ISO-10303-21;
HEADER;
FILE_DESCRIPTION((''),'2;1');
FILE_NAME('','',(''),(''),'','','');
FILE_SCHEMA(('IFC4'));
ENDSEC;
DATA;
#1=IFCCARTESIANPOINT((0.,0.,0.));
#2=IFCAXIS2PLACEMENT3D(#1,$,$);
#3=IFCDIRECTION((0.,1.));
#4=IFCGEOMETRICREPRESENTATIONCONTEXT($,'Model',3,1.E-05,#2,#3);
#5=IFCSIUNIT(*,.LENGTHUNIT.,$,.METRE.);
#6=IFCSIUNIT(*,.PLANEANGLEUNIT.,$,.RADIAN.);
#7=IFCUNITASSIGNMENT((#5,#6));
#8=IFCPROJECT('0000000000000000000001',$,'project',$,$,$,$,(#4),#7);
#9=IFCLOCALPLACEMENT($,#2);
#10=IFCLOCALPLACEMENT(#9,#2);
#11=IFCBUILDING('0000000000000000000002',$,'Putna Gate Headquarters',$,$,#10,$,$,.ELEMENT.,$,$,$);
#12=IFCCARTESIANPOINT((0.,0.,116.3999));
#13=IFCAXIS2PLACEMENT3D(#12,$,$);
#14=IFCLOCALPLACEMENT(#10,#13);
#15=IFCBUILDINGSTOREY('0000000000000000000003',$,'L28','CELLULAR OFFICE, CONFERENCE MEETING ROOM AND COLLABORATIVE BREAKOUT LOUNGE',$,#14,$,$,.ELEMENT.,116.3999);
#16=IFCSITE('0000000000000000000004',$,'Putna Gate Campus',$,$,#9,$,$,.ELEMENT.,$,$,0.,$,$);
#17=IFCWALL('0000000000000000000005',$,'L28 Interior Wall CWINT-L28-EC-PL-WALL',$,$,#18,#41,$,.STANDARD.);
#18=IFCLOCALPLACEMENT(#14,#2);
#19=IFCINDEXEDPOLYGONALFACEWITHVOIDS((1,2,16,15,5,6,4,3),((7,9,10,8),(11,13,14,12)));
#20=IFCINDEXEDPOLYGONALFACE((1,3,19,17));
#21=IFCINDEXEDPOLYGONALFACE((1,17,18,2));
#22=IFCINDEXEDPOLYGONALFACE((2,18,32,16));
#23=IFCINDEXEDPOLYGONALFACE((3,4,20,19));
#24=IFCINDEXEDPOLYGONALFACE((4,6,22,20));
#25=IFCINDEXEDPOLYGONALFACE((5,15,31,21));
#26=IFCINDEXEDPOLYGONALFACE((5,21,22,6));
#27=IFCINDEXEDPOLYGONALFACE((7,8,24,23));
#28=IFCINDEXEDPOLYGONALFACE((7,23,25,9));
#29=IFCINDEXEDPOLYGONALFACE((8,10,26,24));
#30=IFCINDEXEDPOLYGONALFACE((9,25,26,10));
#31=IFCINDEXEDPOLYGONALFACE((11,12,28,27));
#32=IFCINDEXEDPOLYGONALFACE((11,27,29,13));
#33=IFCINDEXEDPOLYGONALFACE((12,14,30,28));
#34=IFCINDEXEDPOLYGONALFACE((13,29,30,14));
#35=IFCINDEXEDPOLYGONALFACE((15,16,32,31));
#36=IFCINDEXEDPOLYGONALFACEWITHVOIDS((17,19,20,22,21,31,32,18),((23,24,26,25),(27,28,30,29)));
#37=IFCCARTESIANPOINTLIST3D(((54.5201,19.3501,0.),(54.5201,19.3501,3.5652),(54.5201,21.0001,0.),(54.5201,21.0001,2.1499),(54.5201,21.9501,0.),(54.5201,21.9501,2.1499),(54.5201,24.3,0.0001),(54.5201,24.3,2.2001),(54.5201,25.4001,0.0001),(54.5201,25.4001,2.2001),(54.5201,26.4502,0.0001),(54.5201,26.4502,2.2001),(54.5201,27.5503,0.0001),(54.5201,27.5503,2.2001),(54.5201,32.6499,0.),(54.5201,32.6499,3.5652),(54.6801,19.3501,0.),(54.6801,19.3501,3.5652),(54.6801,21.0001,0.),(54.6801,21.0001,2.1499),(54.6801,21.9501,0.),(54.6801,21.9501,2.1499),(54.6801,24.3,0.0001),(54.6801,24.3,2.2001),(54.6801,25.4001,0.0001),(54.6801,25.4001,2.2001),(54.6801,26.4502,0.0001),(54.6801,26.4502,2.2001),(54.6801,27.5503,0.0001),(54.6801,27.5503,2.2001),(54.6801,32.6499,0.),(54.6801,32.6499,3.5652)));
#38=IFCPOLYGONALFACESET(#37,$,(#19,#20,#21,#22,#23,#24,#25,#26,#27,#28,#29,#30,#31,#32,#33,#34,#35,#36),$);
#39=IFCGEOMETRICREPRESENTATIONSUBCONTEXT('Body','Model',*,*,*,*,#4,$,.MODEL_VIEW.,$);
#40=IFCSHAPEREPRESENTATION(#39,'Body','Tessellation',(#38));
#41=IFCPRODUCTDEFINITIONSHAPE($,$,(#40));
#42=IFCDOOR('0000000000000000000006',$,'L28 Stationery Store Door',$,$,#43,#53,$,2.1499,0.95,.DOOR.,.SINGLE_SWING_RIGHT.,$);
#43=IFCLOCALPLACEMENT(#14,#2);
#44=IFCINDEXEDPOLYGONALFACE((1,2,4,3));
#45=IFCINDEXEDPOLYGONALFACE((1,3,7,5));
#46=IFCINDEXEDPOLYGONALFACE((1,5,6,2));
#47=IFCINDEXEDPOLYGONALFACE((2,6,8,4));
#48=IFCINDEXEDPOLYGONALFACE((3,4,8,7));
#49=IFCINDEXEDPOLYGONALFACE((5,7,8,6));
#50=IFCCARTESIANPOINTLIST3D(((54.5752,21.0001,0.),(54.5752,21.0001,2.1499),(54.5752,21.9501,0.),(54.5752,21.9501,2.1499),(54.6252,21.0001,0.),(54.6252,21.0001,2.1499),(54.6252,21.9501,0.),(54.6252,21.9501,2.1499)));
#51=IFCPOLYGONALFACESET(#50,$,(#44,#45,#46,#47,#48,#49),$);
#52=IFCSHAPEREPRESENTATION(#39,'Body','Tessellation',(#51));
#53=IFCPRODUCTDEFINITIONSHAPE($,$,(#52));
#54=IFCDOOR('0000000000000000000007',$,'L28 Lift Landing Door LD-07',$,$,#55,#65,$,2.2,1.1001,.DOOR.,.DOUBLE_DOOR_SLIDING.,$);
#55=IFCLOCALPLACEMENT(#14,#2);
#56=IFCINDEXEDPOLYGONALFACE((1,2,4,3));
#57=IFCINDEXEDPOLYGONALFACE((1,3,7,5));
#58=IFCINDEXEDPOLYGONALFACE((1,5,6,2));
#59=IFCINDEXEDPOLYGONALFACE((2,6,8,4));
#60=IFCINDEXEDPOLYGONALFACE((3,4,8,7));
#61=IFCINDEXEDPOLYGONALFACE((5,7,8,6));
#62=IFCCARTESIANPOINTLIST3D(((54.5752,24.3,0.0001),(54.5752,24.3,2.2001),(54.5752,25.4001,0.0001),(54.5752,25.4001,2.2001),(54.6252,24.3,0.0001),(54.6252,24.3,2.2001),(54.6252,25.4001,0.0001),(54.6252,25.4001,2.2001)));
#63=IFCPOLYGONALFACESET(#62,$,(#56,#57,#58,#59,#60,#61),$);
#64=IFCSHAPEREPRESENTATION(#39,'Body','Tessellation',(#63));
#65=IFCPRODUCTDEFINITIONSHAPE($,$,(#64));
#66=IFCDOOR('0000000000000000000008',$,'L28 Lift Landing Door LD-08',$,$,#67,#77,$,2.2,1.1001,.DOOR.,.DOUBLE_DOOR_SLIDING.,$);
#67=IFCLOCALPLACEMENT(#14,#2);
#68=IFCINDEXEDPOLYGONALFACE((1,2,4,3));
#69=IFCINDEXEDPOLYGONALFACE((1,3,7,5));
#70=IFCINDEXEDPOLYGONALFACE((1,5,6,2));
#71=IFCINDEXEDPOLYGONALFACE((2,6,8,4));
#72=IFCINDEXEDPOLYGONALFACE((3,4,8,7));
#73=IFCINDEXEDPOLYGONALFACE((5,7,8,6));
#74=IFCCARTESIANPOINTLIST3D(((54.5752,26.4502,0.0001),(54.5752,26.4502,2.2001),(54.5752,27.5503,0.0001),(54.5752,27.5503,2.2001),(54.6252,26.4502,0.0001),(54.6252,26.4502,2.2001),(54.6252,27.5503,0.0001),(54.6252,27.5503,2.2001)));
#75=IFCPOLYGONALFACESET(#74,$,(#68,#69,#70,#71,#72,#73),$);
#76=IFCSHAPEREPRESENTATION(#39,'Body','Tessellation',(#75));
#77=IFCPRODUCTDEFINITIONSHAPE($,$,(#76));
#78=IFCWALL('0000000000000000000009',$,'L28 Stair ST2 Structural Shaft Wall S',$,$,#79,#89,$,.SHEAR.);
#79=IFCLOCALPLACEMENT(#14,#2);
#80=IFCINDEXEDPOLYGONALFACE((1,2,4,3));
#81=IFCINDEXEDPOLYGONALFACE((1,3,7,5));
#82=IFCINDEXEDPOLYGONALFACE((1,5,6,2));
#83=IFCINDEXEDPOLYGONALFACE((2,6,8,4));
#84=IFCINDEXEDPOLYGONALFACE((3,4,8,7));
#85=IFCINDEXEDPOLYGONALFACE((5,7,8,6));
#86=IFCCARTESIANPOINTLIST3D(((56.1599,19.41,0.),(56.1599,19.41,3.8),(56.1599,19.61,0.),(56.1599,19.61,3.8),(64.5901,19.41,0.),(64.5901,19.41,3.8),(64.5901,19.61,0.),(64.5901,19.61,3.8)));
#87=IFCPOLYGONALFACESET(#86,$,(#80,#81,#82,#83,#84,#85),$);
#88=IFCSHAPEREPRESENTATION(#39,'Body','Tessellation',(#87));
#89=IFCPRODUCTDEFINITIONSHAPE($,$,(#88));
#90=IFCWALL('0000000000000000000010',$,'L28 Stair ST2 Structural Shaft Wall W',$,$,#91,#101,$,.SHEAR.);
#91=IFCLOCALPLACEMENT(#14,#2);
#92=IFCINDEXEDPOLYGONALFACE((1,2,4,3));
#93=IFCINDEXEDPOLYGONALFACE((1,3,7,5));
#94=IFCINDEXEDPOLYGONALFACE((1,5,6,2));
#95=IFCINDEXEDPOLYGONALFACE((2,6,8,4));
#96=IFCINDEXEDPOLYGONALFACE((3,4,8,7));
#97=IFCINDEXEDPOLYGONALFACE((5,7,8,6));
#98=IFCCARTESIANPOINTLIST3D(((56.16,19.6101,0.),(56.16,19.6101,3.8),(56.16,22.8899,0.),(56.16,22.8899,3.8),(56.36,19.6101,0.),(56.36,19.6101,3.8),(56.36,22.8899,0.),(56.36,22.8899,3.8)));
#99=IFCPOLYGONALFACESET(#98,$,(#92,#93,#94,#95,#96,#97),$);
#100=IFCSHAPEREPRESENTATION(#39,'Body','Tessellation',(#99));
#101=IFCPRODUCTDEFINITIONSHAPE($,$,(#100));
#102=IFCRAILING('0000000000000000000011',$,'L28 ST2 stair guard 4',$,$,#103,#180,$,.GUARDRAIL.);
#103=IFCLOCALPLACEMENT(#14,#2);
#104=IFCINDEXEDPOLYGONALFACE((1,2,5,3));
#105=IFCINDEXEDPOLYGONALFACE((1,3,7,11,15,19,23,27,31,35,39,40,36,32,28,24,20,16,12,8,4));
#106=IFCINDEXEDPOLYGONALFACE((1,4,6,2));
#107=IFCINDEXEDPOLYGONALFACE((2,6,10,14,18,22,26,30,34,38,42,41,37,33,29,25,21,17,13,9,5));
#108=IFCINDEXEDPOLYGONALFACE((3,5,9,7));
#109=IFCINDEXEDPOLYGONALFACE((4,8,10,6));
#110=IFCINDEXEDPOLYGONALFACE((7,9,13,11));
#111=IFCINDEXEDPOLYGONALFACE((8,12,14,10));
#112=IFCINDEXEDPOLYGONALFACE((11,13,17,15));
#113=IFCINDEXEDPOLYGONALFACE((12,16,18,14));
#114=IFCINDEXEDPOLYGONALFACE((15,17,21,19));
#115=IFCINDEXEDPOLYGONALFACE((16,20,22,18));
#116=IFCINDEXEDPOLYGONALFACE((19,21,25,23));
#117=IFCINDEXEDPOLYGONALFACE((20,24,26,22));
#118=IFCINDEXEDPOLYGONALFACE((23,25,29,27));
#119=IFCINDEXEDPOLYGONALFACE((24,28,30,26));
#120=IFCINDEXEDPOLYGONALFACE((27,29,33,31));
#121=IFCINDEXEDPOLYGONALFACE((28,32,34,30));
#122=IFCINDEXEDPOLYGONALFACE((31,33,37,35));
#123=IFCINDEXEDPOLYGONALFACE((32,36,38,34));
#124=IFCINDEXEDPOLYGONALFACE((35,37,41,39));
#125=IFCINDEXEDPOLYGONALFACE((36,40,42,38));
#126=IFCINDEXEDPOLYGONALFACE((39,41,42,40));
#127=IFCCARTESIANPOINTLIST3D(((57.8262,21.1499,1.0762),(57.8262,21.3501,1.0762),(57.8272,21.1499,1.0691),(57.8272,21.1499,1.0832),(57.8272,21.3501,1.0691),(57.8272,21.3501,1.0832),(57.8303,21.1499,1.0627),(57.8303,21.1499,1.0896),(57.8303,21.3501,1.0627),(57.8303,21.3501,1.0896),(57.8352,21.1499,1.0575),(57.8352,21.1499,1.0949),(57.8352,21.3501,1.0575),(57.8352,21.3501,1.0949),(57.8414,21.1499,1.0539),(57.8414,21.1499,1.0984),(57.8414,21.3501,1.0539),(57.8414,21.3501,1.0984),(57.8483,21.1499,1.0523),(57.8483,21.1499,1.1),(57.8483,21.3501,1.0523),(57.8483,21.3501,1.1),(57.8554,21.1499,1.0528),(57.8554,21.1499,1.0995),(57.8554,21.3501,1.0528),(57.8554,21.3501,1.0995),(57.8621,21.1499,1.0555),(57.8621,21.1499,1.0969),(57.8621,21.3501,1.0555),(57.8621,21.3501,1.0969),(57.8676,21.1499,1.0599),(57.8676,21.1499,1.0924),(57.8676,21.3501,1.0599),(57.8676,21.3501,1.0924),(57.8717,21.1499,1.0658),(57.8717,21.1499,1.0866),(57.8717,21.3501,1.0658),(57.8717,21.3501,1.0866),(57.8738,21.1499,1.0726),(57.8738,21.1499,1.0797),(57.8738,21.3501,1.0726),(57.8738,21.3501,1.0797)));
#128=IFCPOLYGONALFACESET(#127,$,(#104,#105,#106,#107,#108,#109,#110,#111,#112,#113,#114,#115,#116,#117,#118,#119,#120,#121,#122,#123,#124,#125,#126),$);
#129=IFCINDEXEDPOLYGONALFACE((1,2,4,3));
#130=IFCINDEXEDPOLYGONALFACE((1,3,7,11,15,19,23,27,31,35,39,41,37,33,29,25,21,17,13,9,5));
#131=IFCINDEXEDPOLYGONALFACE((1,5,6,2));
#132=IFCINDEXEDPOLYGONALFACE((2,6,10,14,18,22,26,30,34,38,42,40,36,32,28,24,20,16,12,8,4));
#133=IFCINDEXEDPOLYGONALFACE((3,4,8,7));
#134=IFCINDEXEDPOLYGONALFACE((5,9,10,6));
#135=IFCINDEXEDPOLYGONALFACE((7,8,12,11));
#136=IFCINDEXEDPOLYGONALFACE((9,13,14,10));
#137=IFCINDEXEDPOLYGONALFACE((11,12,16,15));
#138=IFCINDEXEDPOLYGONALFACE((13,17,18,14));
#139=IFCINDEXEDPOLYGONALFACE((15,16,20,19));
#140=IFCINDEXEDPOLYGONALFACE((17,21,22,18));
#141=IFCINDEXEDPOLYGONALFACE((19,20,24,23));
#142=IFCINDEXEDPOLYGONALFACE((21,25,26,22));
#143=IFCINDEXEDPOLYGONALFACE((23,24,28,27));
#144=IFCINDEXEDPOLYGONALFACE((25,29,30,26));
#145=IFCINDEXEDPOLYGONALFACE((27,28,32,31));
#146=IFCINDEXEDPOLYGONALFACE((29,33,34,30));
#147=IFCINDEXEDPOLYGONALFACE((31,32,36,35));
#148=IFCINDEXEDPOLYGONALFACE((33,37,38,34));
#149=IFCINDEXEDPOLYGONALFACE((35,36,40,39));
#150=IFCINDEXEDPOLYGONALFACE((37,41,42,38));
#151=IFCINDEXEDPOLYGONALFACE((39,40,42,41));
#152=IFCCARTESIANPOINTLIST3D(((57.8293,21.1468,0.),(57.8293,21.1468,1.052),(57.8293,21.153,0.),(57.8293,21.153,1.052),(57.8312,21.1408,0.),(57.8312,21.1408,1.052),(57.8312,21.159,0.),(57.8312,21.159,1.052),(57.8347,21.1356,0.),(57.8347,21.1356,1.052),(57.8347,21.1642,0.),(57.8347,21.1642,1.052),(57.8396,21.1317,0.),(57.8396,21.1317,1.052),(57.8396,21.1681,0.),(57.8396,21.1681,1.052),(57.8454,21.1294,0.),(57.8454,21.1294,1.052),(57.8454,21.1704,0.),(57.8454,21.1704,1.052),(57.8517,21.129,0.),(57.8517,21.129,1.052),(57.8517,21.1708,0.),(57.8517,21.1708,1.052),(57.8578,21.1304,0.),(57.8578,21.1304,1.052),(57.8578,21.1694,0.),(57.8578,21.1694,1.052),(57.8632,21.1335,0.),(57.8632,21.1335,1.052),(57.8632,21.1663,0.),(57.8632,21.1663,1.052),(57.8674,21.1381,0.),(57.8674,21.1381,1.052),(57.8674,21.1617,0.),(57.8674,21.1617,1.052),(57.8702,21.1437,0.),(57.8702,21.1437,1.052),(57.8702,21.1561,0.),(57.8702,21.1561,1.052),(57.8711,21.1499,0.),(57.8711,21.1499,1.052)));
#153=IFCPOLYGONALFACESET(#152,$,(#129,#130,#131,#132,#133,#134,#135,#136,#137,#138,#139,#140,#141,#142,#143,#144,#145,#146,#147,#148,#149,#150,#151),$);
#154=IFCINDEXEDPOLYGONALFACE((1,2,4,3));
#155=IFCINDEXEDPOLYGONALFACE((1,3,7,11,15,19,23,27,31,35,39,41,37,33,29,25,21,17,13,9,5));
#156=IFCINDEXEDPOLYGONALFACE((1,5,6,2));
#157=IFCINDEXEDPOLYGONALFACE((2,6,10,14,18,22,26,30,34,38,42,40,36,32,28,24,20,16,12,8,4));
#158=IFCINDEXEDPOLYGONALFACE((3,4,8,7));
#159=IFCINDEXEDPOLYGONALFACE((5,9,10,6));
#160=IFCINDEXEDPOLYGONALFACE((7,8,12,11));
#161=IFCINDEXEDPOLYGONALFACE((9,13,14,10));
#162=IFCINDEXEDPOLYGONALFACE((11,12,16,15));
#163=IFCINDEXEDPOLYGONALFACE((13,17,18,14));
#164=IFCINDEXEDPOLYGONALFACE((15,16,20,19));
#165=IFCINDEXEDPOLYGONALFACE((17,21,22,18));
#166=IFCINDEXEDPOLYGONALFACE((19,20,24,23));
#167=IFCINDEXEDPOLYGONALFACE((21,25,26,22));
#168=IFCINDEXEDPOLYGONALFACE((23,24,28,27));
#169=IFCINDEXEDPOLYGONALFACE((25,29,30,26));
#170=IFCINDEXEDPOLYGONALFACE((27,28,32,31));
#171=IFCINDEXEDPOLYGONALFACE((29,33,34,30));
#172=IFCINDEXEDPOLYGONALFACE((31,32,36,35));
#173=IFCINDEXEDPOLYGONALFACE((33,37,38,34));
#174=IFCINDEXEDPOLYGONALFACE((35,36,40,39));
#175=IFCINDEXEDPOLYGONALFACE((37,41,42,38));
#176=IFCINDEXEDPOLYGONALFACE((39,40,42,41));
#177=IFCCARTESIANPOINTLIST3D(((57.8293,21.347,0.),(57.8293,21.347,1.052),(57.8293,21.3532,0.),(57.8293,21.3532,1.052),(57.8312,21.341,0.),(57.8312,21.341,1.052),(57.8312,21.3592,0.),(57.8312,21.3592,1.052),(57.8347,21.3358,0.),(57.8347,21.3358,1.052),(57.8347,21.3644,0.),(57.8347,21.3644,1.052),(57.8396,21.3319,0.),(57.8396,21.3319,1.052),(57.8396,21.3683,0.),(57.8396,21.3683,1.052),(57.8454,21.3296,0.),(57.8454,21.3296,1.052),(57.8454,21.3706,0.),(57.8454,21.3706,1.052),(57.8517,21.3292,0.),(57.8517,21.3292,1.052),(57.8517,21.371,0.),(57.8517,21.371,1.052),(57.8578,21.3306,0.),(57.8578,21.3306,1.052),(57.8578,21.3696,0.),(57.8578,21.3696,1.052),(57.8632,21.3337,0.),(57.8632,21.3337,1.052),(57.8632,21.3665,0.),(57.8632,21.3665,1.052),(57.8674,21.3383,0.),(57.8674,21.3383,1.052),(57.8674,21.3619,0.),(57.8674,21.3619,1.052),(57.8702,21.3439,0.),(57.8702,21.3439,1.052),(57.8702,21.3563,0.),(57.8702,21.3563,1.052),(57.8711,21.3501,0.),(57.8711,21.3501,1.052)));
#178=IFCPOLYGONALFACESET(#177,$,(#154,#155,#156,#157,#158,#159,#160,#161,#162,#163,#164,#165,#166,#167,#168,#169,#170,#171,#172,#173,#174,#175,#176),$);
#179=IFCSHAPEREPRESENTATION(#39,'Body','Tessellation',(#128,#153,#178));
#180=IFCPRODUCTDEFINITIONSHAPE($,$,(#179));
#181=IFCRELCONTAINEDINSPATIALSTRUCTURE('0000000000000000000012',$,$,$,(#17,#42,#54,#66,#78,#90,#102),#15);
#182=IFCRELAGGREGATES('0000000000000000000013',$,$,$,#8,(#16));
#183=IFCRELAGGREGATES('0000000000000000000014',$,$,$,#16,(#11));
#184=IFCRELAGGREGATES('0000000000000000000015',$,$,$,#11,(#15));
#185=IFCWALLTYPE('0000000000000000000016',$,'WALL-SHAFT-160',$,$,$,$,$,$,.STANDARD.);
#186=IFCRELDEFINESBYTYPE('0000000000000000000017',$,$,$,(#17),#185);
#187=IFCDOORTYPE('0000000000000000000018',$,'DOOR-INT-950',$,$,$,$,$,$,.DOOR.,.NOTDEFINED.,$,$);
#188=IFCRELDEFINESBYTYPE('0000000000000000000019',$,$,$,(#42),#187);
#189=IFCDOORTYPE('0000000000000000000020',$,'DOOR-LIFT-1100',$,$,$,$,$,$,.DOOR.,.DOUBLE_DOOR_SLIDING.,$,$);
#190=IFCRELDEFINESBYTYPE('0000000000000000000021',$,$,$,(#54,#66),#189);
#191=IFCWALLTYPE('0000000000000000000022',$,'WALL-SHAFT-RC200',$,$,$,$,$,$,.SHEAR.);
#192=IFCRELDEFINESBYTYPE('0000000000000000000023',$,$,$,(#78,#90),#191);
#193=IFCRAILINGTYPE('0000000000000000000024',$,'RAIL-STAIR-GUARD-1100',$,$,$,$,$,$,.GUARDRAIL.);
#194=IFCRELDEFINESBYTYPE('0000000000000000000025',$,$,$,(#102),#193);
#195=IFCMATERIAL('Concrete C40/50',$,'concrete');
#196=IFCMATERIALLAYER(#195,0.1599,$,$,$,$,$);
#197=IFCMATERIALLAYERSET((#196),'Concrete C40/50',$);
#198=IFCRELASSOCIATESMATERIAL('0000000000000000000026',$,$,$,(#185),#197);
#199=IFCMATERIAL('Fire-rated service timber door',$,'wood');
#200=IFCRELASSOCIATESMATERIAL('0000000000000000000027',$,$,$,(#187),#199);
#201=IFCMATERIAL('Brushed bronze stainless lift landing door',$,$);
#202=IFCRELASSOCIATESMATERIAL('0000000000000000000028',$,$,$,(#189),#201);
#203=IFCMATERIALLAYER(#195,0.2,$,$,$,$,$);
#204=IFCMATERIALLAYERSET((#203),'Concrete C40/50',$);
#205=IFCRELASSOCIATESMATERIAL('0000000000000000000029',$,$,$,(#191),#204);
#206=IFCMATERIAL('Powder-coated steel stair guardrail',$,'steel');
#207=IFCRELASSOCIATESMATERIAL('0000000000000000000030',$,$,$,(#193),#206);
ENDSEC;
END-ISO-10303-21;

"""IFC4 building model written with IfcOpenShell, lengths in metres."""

from ifc_helpers import new_model, si_unit, direction, frame, frame_2d, origin, origin_2d, place, context, subcontext, project, spatial, rectangle, circle, extrude, material, layer, layer_set, type_object, element, fill, save


model = new_model("IFC4")

# Units and contexts
model_context = context("Model", 3, precision=1e-05, world=origin(), true_north=direction((0.0, 1.0)))
body_context = subcontext(model_context, "Body", "Model", "MODEL_VIEW")
ifc_project = project(units=[si_unit("LENGTHUNIT", "METRE"), si_unit("PLANEANGLEUNIT", "RADIAN")], contexts=[model_context])

# Site, building, storey
site_placement = place(None, origin())
site = spatial("IfcSite", under=ifc_project, at=site_placement, Name="Putna Gate Campus", CompositionType="ELEMENT", RefElevation=0.0)
building_placement = place(site_placement, origin())
building = spatial("IfcBuilding", under=site, at=building_placement, Name="Putna Gate Headquarters", CompositionType="ELEMENT")
storey_placement = place(building_placement, frame((0.0, 0.0, 116.3999)))
storey = spatial("IfcBuildingStorey", under=building, at=storey_placement, Name="L28", Description="CELLULAR OFFICE, CONFERENCE MEETING ROOM AND COLLABORATIVE BREAKOUT LOUNGE", CompositionType="ELEMENT", Elevation=116.3999)

# Wall, openings, doors
ifc_material_1 = material(Name="Concrete C40/50", Category="concrete")
ifc_layer_1 = layer(ifc_material_1, 0.1599)
ifc_layer_set_1 = layer_set([ifc_layer_1], Name="Concrete C40/50")
wall_type_1 = type_object("IfcWallType", Name="WALL-SHAFT-160", PredefinedType="STANDARD", material=ifc_layer_set_1)
wall_1_placement = place(storey_placement, frame((54.6001, 19.3501, 0.0), z_axis=(0.0, 0.0, 1.0), x_axis=(0.0, 1.0, 0.0)))
wall_1 = element("IfcWall", 1, at=wall_1_placement, inside=storey, type_object=wall_type_1, Name="L28 Interior Wall CWINT-L28-EC-PL-WALL", PredefinedType="STANDARD", context=body_context, shape_type="SweptSolid", body=[
    extrude(rectangle(XDim=13.2998, YDim=0.1599, at=frame_2d((6.6499, 0.0))), origin(), (0.0, 0.0, 1.0), 3.5652),
])
opening_1_placement = place(wall_1_placement, frame((1.6499, 0.0, 0.0)))
opening_1 = element("IfcOpeningElement", 2, at=opening_1_placement, cuts=wall_1, PredefinedType="OPENING", context=body_context, shape_type="SweptSolid", body=[
    extrude(rectangle(XDim=0.95, YDim=2.1499, at=frame_2d((0.4751, 1.075))), frame((0.0, 0.0898, 0.0), z_axis=(0.0, -1.0, 0.0), x_axis=(1.0, 0.0, 0.0)), (0.0, 0.0, 1.0), 0.1799),
])
opening_2_placement = place(wall_1_placement, frame((4.95, 0.0, 0.0)))
opening_2 = element("IfcOpeningElement", 3, at=opening_2_placement, cuts=wall_1, PredefinedType="OPENING", context=body_context, shape_type="SweptSolid", body=[
    extrude(rectangle(XDim=1.1001, YDim=2.2, at=frame_2d((0.55, 1.1001))), frame((0.0, 0.0898, 0.0), z_axis=(0.0, -1.0, 0.0), x_axis=(1.0, 0.0, 0.0)), (0.0, 0.0, 1.0), 0.1799),
])
opening_3_placement = place(wall_1_placement, frame((7.1001, 0.0, 0.0)))
opening_3 = element("IfcOpeningElement", 4, at=opening_3_placement, cuts=wall_1, PredefinedType="OPENING", context=body_context, shape_type="SweptSolid", body=[
    extrude(rectangle(XDim=1.1001, YDim=2.2, at=frame_2d((0.55, 1.1001))), frame((0.0, 0.0898, 0.0), z_axis=(0.0, -1.0, 0.0), x_axis=(1.0, 0.0, 0.0)), (0.0, 0.0, 1.0), 0.1799),
])
ifc_material_2 = material(Name="Fire-rated service timber door", Category="wood")
door_type_1 = type_object("IfcDoorType", Name="DOOR-INT-950", OperationType="NOTDEFINED", PredefinedType="DOOR", material=ifc_material_2)
door_1_placement = place(opening_1_placement, origin())
door_1 = element("IfcDoor", 5, at=door_1_placement, inside=storey, type_object=door_type_1, Name="L28 Stationery Store Door", OperationType="SINGLE_SWING_RIGHT", OverallHeight=2.1499, OverallWidth=0.95, PredefinedType="DOOR", context=body_context, shape_type="SweptSolid", body=[
    extrude(rectangle(XDim=0.95, YDim=2.1499, at=frame_2d((0.4751, 1.075))), frame((0.0, 0.0249, 0.0), z_axis=(0.0, -1.0, 0.0), x_axis=(1.0, 0.0, 0.0)), (0.0, 0.0, 1.0), 0.05),
])
fill(opening_1, door_1)
ifc_material_3 = material(Name="Brushed bronze stainless lift landing door")
door_type_2 = type_object("IfcDoorType", Name="DOOR-LIFT-1100", OperationType="DOUBLE_DOOR_SLIDING", PredefinedType="DOOR", material=ifc_material_3)
door_2_placement = place(opening_2_placement, origin())
door_2 = element("IfcDoor", 6, at=door_2_placement, inside=storey, type_object=door_type_2, Name="L28 Lift Landing Door LD-07", OperationType="DOUBLE_DOOR_SLIDING", OverallHeight=2.2, OverallWidth=1.1001, PredefinedType="DOOR", context=body_context, shape_type="SweptSolid", body=[
    extrude(rectangle(XDim=1.1001, YDim=2.2, at=frame_2d((0.55, 1.1001))), frame((0.0, 0.0249, 0.0), z_axis=(0.0, -1.0, 0.0), x_axis=(1.0, 0.0, 0.0)), (0.0, 0.0, 1.0), 0.05),
])
fill(opening_2, door_2)
door_3_placement = place(opening_3_placement, origin())
door_3 = element("IfcDoor", 7, at=door_3_placement, inside=storey, type_object=door_type_2, Name="L28 Lift Landing Door LD-08", OperationType="DOUBLE_DOOR_SLIDING", OverallHeight=2.2, OverallWidth=1.1001, PredefinedType="DOOR", context=body_context, shape_type="SweptSolid", body=[
    extrude(rectangle(XDim=1.1001, YDim=2.2, at=frame_2d((0.55, 1.1001))), frame((0.0, 0.0249, 0.0), z_axis=(0.0, -1.0, 0.0), x_axis=(1.0, 0.0, 0.0)), (0.0, 0.0, 1.0), 0.05),
])
fill(opening_3, door_3)

# Walls
ifc_layer_2 = layer(ifc_material_1, 0.2)
ifc_layer_set_2 = layer_set([ifc_layer_2], Name="Concrete C40/50")
wall_type_2 = type_object("IfcWallType", Name="WALL-SHAFT-RC200", PredefinedType="SHEAR", material=ifc_layer_set_2)
wall_2_placement = place(storey_placement, frame((56.1599, 19.51, 0.0), z_axis=(0.0, 0.0, 1.0), x_axis=(1.0, 0.0, 0.0)))
element("IfcWall", 8, at=wall_2_placement, inside=storey, type_object=wall_type_2, Name="L28 Stair ST2 Structural Shaft Wall S", PredefinedType="SHEAR", context=body_context, shape_type="SweptSolid", body=[
    extrude(rectangle(XDim=8.4302, YDim=0.2, at=frame_2d((4.2151, 0.0))), origin(), (0.0, 0.0, 1.0), 3.8),
])
wall_3_placement = place(storey_placement, frame((56.26, 19.6101, 0.0), z_axis=(0.0, 0.0, 1.0), x_axis=(0.0, 1.0, 0.0)))
element("IfcWall", 9, at=wall_3_placement, inside=storey, type_object=wall_type_2, Name="L28 Stair ST2 Structural Shaft Wall W", PredefinedType="SHEAR", context=body_context, shape_type="SweptSolid", body=[
    extrude(rectangle(XDim=3.2798, YDim=0.2, at=frame_2d((1.6399, 0.0))), origin(), (0.0, 0.0, 1.0), 3.8),
])

# Railing
ifc_material_4 = material(Name="Powder-coated steel stair guardrail", Category="steel")
railing_type = type_object("IfcRailingType", Name="RAIL-STAIR-GUARD-1100", PredefinedType="GUARDRAIL", material=ifc_material_4)
railing_placement = place(storey_placement, frame((57.8501, 21.1499, 0.0)))
element("IfcRailing", 10, at=railing_placement, inside=storey, type_object=railing_type, Name="L28 ST2 stair guard 4", PredefinedType="GUARDRAIL", context=body_context, shape_type="SweptSolid", body=[
    extrude(circle(Radius=0.0239, at=origin_2d()), frame((0.0, 0.0, 1.0762), z_axis=(0.0, 1.0, 0.0), x_axis=(-1.0, 0.0, 0.0)), (0.0, 0.0, 1.0), 0.2002),
    extrude(circle(Radius=0.021, at=origin_2d()), origin(), (0.0, 0.0, 1.0), 1.052),
    extrude(circle(Radius=0.021, at=origin_2d()), frame((0.0, 0.2002, 0.0)), (0.0, 0.0, 1.0), 1.052),
])

save(model, "model.ifc")
